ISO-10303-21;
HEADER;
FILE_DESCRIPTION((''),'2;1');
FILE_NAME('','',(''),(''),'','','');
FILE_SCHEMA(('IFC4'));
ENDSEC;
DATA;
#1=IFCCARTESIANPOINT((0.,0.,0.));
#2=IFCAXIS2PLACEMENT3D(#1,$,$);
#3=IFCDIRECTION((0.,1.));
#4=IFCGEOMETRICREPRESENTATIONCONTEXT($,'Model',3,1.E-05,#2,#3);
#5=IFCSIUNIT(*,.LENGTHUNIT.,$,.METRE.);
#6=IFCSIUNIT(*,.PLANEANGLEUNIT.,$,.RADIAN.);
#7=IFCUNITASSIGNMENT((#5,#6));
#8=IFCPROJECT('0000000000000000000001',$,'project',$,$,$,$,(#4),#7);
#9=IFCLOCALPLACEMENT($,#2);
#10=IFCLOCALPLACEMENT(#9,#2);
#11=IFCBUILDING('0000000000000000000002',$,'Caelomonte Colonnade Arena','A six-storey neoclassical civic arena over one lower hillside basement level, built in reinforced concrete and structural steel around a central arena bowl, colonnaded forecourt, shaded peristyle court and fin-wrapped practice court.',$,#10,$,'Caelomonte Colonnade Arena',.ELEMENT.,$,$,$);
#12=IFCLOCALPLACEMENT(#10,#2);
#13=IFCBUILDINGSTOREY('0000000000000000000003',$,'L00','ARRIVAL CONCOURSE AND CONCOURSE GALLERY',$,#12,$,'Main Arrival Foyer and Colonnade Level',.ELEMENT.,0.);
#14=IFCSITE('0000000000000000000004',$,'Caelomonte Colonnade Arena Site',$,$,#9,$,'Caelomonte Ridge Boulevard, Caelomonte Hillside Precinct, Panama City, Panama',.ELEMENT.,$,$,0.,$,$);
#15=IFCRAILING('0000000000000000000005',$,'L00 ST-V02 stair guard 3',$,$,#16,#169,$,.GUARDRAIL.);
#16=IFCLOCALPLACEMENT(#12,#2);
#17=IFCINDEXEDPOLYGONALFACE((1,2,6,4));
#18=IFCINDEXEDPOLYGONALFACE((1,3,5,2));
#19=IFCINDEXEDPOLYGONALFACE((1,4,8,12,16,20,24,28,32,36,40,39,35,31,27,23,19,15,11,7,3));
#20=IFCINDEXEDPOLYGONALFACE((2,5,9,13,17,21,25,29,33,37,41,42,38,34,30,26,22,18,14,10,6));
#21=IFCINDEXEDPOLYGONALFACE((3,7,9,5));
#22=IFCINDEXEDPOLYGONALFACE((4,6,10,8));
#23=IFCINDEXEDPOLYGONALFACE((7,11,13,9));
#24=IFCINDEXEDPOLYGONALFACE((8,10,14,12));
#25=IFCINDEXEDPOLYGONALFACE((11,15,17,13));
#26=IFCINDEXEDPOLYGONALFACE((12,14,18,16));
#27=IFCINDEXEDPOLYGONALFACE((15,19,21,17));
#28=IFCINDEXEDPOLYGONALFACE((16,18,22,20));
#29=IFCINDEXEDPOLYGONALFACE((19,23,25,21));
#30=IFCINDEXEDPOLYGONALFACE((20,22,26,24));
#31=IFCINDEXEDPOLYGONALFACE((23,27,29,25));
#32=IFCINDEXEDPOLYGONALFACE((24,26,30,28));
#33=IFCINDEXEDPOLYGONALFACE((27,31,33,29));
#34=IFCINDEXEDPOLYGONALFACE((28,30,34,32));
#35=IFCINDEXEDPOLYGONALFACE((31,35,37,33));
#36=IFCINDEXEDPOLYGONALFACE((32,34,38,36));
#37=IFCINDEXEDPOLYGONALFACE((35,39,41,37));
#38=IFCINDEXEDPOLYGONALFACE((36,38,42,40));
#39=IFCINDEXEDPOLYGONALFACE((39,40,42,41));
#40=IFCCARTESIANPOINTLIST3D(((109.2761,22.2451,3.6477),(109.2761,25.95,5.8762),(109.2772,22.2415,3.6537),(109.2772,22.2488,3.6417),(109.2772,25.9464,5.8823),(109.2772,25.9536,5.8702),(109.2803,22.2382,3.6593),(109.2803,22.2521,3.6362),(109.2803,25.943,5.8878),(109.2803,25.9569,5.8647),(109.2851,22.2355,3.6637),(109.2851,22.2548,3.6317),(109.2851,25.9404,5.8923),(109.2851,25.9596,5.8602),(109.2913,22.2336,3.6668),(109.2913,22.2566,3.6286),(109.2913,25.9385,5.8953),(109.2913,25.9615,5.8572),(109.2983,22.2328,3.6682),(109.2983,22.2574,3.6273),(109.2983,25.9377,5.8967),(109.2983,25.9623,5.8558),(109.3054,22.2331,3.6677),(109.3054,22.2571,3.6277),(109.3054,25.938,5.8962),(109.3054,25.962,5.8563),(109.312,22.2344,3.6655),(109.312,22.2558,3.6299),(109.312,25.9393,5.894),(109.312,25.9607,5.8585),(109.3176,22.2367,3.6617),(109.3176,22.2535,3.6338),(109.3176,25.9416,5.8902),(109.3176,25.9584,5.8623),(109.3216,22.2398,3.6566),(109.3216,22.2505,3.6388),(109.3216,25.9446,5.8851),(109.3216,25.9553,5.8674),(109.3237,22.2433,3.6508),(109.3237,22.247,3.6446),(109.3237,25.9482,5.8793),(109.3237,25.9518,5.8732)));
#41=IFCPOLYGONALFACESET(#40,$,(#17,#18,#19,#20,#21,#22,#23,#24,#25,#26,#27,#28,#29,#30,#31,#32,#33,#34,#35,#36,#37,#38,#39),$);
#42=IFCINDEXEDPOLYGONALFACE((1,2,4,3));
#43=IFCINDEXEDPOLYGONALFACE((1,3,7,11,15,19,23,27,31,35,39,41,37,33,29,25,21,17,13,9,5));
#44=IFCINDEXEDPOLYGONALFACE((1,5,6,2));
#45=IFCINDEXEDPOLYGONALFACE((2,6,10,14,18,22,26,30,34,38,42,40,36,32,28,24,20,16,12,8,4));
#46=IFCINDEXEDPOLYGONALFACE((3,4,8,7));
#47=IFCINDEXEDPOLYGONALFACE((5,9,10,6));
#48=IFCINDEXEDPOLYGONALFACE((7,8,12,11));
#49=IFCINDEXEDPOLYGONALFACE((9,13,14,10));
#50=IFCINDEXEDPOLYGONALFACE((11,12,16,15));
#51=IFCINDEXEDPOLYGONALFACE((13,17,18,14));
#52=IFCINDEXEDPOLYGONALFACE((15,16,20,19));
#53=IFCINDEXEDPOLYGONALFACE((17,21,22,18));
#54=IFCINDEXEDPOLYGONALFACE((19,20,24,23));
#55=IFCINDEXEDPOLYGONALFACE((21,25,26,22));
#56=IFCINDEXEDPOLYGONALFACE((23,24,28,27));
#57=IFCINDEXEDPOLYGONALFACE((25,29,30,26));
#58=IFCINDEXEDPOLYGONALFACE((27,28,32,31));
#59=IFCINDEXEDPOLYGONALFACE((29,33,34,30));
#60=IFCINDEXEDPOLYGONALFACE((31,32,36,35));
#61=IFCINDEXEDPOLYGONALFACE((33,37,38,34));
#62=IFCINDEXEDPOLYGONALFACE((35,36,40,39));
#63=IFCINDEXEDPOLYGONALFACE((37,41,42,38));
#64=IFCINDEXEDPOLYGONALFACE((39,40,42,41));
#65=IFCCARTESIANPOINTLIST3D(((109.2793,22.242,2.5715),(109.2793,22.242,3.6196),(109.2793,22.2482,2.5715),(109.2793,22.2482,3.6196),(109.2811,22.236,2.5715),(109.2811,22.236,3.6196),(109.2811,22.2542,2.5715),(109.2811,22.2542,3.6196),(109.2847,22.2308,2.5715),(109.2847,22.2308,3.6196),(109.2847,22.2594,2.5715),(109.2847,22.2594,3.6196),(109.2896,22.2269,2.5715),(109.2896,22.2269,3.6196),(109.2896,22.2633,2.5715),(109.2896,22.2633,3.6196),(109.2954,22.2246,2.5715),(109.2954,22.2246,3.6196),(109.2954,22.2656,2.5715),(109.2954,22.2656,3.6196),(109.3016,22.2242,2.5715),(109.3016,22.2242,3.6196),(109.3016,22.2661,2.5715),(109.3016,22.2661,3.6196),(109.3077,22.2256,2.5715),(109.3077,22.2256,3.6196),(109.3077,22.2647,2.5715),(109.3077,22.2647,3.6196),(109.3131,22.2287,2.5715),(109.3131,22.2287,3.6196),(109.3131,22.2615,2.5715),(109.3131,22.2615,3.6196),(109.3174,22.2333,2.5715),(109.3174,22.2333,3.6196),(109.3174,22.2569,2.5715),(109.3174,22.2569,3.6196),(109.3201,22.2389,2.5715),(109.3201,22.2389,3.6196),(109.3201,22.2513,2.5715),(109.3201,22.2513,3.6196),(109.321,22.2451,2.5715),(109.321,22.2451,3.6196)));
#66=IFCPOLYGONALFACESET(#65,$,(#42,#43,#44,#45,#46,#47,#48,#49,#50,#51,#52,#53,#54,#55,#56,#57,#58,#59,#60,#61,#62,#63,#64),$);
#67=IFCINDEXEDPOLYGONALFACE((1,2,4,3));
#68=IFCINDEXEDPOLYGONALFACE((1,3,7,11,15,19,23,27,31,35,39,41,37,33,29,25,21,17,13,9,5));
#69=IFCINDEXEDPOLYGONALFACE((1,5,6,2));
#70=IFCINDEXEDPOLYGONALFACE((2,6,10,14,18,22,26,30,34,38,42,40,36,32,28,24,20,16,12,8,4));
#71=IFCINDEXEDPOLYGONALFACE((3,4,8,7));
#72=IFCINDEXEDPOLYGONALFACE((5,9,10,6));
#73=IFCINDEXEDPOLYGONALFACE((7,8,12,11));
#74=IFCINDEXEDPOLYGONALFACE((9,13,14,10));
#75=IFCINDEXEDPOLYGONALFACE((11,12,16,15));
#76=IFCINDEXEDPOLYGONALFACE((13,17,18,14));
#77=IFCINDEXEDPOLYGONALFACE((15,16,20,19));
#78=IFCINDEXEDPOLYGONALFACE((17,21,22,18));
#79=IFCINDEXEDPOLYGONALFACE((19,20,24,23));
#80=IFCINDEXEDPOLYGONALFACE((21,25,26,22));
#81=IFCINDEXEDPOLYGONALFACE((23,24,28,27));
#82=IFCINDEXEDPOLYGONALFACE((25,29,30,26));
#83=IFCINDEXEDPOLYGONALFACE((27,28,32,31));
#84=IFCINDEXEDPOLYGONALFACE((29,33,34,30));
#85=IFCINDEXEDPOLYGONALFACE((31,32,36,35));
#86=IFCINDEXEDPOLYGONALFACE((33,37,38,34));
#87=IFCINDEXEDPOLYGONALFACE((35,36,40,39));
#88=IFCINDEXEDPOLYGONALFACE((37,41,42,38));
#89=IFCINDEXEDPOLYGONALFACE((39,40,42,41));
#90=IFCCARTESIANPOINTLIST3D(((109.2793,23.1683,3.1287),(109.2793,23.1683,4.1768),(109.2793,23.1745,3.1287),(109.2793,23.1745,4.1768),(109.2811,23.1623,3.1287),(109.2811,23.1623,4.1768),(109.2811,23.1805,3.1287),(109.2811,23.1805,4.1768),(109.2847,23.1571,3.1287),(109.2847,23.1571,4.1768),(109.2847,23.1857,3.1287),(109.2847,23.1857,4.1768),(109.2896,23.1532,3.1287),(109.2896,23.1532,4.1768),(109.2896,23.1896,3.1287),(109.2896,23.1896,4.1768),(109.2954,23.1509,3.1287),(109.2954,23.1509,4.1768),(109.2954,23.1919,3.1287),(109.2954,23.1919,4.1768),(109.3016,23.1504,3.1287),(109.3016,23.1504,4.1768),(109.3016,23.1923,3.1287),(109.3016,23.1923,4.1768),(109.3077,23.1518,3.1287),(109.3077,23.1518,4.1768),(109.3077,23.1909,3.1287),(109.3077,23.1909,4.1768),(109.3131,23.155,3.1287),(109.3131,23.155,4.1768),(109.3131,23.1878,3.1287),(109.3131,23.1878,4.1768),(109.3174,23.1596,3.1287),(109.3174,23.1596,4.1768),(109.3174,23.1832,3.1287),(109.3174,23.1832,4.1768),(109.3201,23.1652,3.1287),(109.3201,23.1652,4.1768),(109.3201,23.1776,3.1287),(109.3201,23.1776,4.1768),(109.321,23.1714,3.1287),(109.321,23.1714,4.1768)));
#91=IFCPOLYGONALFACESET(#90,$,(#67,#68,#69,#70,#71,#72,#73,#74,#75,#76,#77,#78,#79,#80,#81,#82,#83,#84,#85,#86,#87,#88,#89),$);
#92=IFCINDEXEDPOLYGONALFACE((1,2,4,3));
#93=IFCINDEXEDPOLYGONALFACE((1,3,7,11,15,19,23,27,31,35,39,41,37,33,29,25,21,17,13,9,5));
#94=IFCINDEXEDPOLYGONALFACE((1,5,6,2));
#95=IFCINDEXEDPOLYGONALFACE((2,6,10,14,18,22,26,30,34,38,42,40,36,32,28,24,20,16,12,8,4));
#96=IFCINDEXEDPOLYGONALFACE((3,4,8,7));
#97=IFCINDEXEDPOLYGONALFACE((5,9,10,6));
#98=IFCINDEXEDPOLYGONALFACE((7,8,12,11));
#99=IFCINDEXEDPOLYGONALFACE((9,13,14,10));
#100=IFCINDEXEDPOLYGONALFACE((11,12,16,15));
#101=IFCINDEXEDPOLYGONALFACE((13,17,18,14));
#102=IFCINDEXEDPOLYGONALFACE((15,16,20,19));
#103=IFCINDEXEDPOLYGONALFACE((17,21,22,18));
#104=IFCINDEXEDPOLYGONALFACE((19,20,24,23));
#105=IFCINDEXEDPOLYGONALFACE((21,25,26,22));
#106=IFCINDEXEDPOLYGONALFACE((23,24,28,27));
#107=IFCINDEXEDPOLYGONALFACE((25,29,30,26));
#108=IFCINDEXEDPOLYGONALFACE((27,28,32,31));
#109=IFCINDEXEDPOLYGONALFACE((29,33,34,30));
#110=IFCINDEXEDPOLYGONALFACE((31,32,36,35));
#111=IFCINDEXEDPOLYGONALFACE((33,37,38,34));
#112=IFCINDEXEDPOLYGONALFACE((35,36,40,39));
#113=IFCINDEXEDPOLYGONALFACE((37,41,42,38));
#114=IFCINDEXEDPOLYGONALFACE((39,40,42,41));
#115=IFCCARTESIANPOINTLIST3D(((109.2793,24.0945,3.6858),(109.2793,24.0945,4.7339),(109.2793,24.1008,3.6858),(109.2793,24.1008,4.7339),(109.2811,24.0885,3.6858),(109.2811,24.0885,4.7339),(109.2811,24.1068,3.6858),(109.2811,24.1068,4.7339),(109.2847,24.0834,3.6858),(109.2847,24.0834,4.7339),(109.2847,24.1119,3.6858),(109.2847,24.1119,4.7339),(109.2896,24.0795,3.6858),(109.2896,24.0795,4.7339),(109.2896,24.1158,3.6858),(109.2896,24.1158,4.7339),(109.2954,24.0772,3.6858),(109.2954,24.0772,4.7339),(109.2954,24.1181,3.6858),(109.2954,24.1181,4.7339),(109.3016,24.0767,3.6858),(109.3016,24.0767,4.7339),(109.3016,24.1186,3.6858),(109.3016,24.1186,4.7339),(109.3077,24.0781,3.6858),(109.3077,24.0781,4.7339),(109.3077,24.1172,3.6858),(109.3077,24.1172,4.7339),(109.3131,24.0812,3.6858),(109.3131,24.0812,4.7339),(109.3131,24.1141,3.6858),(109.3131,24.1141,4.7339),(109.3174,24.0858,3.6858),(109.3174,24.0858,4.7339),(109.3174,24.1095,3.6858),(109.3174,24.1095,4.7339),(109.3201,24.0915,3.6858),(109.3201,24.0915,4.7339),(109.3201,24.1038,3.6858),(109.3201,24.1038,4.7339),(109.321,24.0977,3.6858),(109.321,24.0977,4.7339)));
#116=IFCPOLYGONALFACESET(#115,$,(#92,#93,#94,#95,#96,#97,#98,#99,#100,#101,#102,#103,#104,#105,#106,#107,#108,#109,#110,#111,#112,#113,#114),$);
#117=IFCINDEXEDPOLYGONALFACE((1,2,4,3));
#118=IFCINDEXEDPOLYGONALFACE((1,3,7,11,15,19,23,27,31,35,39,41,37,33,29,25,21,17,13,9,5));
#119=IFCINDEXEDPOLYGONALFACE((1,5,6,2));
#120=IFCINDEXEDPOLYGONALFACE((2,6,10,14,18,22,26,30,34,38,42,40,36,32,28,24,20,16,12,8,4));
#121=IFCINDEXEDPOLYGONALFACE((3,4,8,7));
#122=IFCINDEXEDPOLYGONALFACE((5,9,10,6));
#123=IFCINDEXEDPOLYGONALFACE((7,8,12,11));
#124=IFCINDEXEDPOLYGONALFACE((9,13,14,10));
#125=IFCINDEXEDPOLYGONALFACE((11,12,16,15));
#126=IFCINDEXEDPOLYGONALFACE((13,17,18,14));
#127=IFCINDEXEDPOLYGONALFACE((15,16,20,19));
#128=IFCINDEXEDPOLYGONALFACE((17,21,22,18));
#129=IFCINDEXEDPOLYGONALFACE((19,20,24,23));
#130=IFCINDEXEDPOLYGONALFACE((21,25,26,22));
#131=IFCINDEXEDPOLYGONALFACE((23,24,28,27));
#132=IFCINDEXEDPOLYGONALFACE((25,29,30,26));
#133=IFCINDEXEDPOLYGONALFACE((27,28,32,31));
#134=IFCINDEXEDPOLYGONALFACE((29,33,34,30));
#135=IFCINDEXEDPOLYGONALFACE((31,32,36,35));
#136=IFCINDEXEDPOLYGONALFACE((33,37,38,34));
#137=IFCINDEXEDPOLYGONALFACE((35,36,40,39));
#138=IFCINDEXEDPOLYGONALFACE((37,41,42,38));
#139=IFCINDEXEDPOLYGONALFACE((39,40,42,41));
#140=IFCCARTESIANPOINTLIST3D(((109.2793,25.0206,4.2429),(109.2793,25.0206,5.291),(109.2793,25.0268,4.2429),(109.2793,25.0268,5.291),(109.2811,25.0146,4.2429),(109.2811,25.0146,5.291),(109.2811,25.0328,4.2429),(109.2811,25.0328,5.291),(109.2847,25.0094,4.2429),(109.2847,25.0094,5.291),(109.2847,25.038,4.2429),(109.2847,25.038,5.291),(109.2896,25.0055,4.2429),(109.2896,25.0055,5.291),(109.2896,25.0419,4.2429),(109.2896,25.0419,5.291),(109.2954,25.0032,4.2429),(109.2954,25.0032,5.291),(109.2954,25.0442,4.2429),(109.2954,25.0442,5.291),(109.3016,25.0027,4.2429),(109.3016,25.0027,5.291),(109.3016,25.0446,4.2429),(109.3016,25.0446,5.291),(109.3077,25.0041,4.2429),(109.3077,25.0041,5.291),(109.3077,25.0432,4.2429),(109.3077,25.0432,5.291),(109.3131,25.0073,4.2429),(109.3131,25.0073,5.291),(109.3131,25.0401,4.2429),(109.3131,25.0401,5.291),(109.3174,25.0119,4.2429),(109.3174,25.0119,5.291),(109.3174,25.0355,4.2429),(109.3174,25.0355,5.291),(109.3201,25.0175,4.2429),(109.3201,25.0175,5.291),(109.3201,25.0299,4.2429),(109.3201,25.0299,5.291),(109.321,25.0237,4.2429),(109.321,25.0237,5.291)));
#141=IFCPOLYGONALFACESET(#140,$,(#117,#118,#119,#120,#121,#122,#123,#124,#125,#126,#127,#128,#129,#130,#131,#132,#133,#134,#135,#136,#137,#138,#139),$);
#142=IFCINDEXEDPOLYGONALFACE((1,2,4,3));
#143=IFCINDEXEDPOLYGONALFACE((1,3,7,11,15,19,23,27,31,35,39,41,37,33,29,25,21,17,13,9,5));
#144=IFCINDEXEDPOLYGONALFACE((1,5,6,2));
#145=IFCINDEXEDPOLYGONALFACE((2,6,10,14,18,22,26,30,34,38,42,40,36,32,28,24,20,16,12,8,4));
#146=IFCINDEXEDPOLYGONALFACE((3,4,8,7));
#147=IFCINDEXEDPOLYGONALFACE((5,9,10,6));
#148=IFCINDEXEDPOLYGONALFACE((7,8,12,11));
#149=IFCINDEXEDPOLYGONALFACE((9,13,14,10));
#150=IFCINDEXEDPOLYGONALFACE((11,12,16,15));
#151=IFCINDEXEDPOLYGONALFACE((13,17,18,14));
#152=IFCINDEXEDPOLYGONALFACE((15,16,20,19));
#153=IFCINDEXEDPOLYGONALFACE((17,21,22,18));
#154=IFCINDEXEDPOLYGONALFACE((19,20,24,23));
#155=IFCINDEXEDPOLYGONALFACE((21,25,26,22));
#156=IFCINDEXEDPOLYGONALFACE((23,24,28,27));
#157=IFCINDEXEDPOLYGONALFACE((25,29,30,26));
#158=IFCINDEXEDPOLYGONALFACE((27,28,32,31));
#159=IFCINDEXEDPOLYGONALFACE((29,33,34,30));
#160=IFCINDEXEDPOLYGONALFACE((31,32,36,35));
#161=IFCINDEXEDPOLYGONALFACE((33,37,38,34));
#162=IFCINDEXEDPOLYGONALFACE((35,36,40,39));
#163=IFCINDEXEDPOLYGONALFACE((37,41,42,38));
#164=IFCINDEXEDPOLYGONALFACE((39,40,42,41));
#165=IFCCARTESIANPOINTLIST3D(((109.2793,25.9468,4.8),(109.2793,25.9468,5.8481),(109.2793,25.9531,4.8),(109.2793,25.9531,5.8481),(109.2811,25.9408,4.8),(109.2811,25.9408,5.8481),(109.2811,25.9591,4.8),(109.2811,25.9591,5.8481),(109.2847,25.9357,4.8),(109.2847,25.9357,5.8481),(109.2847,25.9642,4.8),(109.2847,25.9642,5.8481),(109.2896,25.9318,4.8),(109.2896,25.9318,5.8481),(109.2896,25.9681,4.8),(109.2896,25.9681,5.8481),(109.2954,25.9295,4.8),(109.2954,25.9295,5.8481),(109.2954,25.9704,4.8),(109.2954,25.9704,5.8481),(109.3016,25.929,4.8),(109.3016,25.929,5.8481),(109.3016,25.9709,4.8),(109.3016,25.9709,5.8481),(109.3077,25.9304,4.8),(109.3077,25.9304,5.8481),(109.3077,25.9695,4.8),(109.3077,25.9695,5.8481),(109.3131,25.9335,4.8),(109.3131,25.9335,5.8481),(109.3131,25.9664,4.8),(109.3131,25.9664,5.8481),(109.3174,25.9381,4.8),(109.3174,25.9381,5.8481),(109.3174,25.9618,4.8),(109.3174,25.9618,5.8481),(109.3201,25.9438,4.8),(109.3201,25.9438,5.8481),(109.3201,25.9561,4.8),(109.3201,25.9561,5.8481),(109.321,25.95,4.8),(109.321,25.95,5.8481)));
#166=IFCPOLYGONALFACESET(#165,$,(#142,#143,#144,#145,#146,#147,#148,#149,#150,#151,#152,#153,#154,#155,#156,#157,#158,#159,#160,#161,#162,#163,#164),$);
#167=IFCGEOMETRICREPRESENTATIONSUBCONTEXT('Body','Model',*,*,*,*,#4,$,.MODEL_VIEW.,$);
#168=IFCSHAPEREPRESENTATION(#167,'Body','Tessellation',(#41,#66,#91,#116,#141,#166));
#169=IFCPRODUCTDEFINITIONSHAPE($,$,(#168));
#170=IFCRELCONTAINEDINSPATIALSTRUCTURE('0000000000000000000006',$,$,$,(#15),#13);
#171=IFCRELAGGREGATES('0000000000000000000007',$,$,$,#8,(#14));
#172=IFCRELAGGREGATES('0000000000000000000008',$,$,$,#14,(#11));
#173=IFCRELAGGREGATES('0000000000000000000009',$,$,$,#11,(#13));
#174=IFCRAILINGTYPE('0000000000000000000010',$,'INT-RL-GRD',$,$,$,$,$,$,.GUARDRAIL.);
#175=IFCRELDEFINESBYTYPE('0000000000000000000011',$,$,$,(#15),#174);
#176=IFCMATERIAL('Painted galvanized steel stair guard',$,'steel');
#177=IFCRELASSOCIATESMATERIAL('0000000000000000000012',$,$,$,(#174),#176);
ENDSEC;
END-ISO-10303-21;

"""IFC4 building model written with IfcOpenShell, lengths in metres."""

from ifc_helpers import new_model, si_unit, direction, frame, origin, origin_2d, place, context, subcontext, project, spatial, circle, extrude, material, type_object, element, save


model = new_model("IFC4")

# Units and contexts
model_context = context("Model", 3, precision=1e-05, world=origin(), true_north=direction((0.0, 1.0)))
body_context = subcontext(model_context, "Body", "Model", "MODEL_VIEW")
ifc_project = project(units=[si_unit("LENGTHUNIT", "METRE"), si_unit("PLANEANGLEUNIT", "RADIAN")], contexts=[model_context])

# Site, building, storey
site_placement = place(None, origin())
site = spatial("IfcSite", under=ifc_project, at=site_placement, Name="Caelomonte Colonnade Arena Site", LongName="Caelomonte Ridge Boulevard, Caelomonte Hillside Precinct, Panama City, Panama", CompositionType="ELEMENT", RefElevation=0.0)
building_placement = place(site_placement, origin())
building = spatial("IfcBuilding", under=site, at=building_placement, Name="Caelomonte Colonnade Arena", Description="A six-storey neoclassical civic arena over one lower hillside basement level, built in reinforced concrete and structural steel around a central arena bowl, colonnaded forecourt, shaded peristyle court and fin-wrapped practice court.", LongName="Caelomonte Colonnade Arena", CompositionType="ELEMENT")
storey_placement = place(building_placement, origin())
storey = spatial("IfcBuildingStorey", under=building, at=storey_placement, Name="L00", Description="ARRIVAL CONCOURSE AND CONCOURSE GALLERY", LongName="Main Arrival Foyer and Colonnade Level", CompositionType="ELEMENT", Elevation=0.0)

# Railing
ifc_material_1 = material(Name="Painted galvanized steel stair guard", Category="steel")
railing_type_1 = type_object("IfcRailingType", Name="INT-RL-GRD", PredefinedType="GUARDRAIL", material=ifc_material_1)
railing_1_placement = place(storey_placement, frame((109.3, 22.2451, 2.5715)))
element("IfcRailing", 1, at=railing_1_placement, inside=storey, type_object=railing_type_1, Name="L00 ST-V02 stair guard 3", PredefinedType="GUARDRAIL", context=body_context, shape_type="SweptSolid", body=[
    extrude(circle(Radius=0.0239, at=origin_2d()), frame((0.0, 0.0, 1.0762), z_axis=(0.0, 0.856919, 0.51545), x_axis=(-1.0, 0.0, 0.0)), (0.0, 0.0, 1.0), 4.3235),
    extrude(circle(Radius=0.021, at=origin_2d()), origin(), (0.0, 0.0, 1.0), 1.0481),
    extrude(circle(Radius=0.021, at=origin_2d()), frame((0.0, 0.9263, 0.5571)), (0.0, 0.0, 1.0), 1.0481),
    extrude(circle(Radius=0.021, at=origin_2d()), frame((0.0, 1.8525, 1.1143)), (0.0, 0.0, 1.0), 1.0481),
    extrude(circle(Radius=0.021, at=origin_2d()), frame((0.0, 2.7786, 1.6714)), (0.0, 0.0, 1.0), 1.0481),
    extrude(circle(Radius=0.021, at=origin_2d()), frame((0.0, 3.7048, 2.2285)), (0.0, 0.0, 1.0), 1.0481),
])

save(model, "model.ifc")
